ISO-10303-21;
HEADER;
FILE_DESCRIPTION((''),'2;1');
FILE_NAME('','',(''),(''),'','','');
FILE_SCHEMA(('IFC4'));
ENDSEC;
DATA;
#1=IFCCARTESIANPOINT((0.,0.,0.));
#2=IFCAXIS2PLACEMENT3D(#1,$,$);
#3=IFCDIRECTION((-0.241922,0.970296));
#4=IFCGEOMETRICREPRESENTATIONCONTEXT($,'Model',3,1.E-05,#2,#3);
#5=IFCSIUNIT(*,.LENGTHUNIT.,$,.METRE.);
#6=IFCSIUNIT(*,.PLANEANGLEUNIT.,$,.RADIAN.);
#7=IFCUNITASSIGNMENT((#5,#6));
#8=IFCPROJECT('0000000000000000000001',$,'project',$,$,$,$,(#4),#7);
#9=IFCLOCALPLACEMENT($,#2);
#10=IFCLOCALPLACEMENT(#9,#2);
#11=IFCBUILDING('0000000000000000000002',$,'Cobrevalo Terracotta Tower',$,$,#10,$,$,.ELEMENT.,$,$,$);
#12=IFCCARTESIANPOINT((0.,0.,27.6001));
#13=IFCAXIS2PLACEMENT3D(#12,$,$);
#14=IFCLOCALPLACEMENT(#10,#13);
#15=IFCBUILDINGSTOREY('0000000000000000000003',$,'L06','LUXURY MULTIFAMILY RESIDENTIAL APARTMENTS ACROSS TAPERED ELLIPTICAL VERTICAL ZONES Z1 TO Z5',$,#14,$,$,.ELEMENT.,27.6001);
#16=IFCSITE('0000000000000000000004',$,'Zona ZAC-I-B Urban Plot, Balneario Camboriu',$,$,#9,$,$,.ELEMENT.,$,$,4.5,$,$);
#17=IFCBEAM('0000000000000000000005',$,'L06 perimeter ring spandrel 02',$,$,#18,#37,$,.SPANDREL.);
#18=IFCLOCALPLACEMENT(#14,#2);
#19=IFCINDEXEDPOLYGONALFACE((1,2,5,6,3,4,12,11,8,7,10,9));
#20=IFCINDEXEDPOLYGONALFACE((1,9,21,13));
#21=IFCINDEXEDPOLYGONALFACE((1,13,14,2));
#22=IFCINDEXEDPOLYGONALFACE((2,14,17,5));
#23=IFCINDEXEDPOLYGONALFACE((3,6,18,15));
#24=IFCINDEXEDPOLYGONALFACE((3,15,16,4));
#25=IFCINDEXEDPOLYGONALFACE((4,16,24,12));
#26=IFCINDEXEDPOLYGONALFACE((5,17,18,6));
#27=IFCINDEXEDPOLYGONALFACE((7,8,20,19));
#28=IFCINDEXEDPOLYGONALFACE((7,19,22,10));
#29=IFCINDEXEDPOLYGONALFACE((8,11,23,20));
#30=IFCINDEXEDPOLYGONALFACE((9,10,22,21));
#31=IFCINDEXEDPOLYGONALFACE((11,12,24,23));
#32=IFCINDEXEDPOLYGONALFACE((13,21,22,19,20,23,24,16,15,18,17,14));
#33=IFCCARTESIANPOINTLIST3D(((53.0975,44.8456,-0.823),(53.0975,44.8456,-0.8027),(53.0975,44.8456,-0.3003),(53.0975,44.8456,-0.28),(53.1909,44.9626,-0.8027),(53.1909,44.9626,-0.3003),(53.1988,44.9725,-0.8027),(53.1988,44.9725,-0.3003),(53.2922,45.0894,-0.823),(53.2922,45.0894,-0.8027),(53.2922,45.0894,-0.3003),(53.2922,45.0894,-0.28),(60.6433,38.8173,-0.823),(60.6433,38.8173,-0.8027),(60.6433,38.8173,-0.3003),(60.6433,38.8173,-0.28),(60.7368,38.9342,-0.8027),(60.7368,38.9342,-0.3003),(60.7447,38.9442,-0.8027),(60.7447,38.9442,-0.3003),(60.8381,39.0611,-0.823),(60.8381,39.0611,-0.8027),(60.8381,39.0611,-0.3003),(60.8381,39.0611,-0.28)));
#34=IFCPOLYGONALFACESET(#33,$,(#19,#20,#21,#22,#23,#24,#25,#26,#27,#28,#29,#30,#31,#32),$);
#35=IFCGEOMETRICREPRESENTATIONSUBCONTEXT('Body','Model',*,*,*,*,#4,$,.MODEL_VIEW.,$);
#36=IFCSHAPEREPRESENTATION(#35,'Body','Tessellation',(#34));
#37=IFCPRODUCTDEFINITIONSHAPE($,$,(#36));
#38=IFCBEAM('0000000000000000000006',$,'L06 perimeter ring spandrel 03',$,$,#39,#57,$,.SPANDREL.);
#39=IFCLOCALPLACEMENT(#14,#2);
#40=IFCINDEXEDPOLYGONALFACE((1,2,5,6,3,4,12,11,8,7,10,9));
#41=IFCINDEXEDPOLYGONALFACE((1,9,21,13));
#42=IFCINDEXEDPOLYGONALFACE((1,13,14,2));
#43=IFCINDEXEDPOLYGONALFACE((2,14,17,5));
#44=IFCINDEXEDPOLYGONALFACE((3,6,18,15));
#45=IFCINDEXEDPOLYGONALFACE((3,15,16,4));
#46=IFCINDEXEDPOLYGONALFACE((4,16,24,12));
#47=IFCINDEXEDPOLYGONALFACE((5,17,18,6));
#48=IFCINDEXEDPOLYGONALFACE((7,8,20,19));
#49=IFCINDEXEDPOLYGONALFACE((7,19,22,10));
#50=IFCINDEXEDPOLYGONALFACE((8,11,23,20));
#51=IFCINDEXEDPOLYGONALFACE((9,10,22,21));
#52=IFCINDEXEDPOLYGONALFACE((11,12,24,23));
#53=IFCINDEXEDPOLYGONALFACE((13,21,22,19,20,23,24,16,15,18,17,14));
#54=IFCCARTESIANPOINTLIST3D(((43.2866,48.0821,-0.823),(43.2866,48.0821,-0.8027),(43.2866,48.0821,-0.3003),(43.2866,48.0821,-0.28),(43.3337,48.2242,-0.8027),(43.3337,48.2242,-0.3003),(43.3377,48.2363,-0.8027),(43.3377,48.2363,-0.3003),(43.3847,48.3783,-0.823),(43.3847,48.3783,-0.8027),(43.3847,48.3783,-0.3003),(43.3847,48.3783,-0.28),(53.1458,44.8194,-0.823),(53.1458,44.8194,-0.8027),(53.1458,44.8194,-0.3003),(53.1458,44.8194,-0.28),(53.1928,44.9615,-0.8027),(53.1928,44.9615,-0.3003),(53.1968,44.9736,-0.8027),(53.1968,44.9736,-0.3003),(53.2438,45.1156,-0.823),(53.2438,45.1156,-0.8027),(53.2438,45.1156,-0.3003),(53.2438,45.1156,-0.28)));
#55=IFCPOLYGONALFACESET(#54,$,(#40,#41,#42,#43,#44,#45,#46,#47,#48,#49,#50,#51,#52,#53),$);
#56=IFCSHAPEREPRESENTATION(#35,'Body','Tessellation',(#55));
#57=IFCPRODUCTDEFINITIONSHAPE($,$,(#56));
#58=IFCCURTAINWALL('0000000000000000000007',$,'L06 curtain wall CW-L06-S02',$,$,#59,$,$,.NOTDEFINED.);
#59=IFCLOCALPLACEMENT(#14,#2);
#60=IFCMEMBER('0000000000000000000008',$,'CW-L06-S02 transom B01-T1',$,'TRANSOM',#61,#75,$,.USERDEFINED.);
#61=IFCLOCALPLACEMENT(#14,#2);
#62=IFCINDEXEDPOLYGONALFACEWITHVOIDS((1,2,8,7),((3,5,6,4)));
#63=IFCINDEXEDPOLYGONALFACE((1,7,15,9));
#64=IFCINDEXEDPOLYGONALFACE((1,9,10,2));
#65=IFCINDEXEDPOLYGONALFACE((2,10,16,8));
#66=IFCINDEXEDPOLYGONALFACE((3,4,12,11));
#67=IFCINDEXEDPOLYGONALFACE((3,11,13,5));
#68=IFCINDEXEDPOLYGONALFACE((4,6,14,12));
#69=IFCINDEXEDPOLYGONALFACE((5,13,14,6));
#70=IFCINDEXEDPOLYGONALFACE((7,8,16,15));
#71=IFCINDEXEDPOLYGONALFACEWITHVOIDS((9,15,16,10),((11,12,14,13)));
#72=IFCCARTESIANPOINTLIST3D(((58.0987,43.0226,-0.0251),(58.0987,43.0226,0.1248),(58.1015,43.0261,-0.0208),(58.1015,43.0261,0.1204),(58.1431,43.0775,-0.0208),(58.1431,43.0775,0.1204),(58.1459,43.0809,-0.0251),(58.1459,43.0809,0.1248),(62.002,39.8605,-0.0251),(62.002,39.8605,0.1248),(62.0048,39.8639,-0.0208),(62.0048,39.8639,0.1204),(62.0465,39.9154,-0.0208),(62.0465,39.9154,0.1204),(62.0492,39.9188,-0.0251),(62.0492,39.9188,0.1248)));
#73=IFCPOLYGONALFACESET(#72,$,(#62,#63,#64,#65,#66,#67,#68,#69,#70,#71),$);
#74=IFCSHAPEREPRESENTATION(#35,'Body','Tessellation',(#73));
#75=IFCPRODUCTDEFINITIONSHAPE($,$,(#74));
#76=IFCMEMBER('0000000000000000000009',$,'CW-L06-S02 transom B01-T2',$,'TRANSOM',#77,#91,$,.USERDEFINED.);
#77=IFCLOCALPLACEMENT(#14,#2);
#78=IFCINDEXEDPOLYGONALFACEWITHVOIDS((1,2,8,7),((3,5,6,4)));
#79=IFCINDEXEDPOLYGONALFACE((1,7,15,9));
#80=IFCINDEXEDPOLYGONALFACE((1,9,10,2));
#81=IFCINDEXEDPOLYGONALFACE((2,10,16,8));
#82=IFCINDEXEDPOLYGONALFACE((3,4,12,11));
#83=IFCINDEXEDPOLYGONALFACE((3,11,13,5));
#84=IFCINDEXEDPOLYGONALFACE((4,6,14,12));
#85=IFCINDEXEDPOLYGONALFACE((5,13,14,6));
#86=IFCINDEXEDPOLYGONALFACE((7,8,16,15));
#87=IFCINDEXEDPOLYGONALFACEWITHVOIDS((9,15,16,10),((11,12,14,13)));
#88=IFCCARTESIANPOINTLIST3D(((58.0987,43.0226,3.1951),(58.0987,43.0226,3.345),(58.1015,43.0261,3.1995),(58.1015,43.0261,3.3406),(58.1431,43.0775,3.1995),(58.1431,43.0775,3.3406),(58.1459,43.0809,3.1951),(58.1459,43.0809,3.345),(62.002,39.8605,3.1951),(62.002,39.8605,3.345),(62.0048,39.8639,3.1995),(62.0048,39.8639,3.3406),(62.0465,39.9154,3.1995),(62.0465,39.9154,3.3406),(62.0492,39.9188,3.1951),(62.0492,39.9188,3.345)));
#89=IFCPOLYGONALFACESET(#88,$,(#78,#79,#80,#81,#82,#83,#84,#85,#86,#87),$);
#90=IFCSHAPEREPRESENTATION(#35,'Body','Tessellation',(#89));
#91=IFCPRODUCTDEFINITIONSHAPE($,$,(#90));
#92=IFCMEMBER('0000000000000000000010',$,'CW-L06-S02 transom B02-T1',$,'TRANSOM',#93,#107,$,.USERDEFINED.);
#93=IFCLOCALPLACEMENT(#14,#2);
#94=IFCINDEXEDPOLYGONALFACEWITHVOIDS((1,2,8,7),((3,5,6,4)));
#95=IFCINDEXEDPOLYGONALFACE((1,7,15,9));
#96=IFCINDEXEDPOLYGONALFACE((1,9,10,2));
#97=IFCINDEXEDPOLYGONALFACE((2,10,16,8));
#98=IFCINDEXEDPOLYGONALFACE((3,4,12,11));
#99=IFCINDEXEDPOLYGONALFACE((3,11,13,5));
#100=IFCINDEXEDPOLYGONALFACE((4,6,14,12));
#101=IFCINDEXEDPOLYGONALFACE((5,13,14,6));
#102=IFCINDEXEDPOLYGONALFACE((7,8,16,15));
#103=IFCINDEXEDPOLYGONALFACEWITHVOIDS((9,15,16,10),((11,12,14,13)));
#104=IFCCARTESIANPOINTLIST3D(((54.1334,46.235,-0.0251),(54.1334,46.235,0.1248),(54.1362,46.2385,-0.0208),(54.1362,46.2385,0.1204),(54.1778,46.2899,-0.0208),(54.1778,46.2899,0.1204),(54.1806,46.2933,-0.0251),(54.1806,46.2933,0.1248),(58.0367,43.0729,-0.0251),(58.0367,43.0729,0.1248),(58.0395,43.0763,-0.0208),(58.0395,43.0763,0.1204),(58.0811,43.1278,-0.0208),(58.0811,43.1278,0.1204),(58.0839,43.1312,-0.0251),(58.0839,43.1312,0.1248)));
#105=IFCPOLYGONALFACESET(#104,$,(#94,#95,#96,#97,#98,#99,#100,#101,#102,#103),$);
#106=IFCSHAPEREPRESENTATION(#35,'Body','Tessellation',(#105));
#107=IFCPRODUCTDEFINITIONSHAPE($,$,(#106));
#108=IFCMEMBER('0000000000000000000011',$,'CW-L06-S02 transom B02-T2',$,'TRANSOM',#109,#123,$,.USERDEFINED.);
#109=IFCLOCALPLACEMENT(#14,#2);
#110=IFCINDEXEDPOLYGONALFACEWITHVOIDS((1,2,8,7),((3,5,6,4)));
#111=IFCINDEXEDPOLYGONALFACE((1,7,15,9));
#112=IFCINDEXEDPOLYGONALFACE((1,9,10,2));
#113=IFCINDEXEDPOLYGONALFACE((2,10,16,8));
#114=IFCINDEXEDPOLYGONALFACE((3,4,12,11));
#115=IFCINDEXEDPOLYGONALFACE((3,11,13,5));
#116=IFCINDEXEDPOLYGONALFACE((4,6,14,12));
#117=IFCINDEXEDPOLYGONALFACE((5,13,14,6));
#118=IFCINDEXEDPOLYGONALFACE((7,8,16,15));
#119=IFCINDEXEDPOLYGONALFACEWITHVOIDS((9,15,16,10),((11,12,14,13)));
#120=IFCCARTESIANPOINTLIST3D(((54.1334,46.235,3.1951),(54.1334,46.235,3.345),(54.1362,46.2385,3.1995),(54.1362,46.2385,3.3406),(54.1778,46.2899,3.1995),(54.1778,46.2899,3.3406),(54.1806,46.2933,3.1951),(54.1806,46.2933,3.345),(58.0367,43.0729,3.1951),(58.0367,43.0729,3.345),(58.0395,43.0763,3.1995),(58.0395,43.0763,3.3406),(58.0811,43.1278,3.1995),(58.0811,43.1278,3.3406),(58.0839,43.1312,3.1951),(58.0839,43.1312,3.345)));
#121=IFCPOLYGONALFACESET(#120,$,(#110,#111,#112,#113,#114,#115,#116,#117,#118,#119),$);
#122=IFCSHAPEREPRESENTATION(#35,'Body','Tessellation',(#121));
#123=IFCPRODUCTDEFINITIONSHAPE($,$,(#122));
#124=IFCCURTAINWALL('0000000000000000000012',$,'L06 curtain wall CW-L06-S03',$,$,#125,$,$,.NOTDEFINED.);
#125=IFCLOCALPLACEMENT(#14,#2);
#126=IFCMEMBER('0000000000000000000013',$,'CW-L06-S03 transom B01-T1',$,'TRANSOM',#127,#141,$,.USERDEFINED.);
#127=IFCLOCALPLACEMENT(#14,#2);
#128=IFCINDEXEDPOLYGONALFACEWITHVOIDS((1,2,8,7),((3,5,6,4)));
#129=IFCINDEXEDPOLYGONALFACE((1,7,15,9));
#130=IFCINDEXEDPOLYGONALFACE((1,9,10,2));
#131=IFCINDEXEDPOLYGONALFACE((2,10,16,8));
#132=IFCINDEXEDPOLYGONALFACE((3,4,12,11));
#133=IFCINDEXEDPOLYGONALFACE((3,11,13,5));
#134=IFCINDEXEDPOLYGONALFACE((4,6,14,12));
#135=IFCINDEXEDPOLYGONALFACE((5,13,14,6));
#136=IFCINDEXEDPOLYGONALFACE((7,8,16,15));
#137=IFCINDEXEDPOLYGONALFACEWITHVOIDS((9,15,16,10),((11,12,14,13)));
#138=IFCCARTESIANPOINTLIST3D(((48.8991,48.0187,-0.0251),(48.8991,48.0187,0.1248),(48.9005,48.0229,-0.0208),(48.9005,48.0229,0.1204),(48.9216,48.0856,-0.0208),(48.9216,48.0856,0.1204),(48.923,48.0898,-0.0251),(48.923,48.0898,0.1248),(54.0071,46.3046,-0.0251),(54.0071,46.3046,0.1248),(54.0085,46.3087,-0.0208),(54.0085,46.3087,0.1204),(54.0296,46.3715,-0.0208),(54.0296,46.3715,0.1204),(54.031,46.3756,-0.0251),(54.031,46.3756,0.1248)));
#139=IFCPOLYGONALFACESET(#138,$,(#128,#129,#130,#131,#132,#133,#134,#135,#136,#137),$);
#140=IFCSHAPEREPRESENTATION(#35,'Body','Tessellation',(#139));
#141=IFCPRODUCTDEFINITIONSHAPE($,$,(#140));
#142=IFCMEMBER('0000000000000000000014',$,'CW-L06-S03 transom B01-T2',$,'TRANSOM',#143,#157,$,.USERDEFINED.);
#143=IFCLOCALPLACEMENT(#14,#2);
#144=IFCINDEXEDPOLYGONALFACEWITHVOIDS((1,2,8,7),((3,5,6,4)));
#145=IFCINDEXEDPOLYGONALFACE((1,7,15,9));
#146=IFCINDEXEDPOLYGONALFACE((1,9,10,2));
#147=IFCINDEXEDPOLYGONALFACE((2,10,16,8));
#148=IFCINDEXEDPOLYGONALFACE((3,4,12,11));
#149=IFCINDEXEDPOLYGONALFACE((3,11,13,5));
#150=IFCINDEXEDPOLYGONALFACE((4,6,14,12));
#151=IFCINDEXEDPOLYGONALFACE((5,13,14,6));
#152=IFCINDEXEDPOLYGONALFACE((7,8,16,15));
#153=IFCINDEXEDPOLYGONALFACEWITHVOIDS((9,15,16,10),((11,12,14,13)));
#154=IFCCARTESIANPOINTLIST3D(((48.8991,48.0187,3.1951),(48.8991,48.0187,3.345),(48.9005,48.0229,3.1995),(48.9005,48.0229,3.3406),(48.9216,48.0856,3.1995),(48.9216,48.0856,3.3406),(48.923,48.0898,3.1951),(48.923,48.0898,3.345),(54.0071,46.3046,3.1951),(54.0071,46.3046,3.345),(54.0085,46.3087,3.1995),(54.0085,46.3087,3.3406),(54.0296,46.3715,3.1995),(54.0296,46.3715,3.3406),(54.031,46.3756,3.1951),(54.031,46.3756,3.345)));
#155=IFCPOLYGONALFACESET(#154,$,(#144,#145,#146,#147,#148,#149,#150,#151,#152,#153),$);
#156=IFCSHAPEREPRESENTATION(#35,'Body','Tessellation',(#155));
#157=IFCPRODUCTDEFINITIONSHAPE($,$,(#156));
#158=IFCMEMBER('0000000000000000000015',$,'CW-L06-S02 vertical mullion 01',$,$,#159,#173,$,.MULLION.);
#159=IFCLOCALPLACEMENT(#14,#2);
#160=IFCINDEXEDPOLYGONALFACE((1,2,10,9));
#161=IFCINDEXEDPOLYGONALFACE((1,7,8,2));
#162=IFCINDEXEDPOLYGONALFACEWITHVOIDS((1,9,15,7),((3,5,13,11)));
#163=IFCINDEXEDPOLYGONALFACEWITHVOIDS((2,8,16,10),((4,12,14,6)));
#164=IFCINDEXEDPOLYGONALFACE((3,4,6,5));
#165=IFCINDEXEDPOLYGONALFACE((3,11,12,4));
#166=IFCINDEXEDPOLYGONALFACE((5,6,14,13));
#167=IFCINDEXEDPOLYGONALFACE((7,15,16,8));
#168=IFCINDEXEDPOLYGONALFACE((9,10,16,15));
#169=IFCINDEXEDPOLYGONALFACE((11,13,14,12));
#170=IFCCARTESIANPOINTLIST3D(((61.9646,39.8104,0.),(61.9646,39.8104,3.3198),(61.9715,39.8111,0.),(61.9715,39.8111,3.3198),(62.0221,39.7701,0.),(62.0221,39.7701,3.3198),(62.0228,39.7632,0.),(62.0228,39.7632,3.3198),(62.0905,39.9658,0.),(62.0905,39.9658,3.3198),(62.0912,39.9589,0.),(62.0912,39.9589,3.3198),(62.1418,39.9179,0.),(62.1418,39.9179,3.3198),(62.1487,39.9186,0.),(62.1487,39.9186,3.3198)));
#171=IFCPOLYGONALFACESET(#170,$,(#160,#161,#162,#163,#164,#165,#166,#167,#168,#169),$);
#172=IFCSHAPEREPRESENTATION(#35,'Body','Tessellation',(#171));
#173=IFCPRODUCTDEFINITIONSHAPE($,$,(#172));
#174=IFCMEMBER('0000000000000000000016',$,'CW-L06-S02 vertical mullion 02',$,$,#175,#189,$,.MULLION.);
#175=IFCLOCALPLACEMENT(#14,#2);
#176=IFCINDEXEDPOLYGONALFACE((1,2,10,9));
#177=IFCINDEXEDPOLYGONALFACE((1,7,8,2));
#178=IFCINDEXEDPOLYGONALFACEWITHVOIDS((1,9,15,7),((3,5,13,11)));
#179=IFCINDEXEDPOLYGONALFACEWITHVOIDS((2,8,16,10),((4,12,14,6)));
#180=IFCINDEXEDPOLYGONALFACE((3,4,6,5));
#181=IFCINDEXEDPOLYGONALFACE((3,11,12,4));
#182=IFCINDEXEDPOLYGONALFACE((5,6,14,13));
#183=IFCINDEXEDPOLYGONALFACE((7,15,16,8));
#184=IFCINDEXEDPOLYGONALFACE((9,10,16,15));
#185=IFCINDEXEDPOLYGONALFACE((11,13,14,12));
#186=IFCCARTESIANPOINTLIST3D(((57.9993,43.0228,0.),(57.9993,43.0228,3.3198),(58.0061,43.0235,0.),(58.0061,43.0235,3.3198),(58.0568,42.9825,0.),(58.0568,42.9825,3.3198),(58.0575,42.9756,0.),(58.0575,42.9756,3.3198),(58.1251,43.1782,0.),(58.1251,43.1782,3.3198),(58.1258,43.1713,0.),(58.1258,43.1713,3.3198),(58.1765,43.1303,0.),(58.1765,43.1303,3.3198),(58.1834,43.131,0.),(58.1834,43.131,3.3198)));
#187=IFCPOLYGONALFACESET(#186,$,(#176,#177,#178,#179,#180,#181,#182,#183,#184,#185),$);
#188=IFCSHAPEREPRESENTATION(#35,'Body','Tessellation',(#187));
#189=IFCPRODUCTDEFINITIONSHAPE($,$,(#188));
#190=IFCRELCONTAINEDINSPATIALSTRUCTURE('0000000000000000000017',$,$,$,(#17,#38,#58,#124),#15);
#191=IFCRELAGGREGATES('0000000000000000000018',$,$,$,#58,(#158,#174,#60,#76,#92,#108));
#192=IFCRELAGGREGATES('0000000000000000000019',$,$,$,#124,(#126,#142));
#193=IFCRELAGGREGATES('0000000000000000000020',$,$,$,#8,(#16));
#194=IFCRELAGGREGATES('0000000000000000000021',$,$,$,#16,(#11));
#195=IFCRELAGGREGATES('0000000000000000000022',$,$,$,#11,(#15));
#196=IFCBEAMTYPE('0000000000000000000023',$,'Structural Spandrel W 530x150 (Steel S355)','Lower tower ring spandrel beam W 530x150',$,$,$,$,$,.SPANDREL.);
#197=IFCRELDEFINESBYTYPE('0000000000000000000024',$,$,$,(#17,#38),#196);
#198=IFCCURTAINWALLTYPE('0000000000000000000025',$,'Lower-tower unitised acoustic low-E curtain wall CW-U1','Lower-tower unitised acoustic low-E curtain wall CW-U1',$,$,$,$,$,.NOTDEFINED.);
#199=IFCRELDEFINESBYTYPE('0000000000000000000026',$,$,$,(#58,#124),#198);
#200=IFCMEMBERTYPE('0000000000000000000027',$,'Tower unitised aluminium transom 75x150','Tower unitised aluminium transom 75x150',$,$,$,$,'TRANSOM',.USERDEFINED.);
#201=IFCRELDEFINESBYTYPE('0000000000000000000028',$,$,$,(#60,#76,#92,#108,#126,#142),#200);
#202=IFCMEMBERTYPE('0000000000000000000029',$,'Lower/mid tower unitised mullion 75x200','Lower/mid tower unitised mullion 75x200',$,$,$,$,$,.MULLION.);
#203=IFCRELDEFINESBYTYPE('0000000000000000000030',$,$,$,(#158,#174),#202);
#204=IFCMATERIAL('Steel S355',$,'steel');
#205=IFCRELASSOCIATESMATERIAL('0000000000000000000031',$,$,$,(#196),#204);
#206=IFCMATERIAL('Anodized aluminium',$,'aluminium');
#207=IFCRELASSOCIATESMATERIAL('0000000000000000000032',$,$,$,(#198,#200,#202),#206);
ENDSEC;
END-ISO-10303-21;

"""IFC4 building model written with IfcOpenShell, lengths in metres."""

from ifc_helpers import new_model, si_unit, direction, frame, origin, origin_2d, place, context, subcontext, project, spatial, hollow_rectangle, i_section, extrude, source, transform, mapped, material, material_profile, profile_set, type_object, element, aggregate, save


model = new_model("IFC4")

# Units and contexts
model_context = context("Model", 3, precision=1e-05, world=origin(), true_north=direction((-0.241922, 0.970296)))
body_context = subcontext(model_context, "Body", "Model", "MODEL_VIEW")
ifc_project = project(units=[si_unit("LENGTHUNIT", "METRE"), si_unit("PLANEANGLEUNIT", "RADIAN")], contexts=[model_context])

# Site, building, storey
site_placement = place(None, origin())
site = spatial("IfcSite", under=ifc_project, at=site_placement, Name="Zona ZAC-I-B Urban Plot, Balneario Camboriu", CompositionType="ELEMENT", RefElevation=4.5)
building_placement = place(site_placement, origin())
building = spatial("IfcBuilding", under=site, at=building_placement, Name="Cobrevalo Terracotta Tower", CompositionType="ELEMENT")
storey_placement = place(building_placement, frame((0.0, 0.0, 27.6001)))
storey = spatial("IfcBuildingStorey", under=building, at=storey_placement, Name="L06", Description="LUXURY MULTIFAMILY RESIDENTIAL APARTMENTS ACROSS TAPERED ELLIPTICAL VERTICAL ZONES Z1 TO Z5", CompositionType="ELEMENT", Elevation=27.6001)

# Shared definitions
ifc_material_1 = material(Name="Steel S355", Category="steel")

# Beams
ifc_material_profile_1 = material_profile(ifc_material_1, i_section(OverallWidth=0.312, OverallDepth=0.543, WebThickness=0.0127, FlangeThickness=0.0203, at=origin_2d()), Name="W 530x150")
ifc_profile_set_1 = profile_set([ifc_material_profile_1], Name="Steel S355")
beam_type_1 = type_object("IfcBeamType", Name="Structural Spandrel W 530x150 (Steel S355)", Description="Lower tower ring spandrel beam W 530x150", PredefinedType="SPANDREL", material=ifc_profile_set_1)
beam_1_placement = place(storey_placement, frame((60.7407, 38.9392, -0.5515), z_axis=(-0.781293, 0.624165, 0.0), x_axis=(-0.624165, -0.781293, 0.0)))
element("IfcBeam", 1, at=beam_1_placement, inside=storey, type_object=beam_type_1, Name="L06 perimeter ring spandrel 02", PredefinedType="SPANDREL", context=body_context, shape_type="SweptSolid", body=[
    extrude(i_section(OverallWidth=0.312, OverallDepth=0.543, WebThickness=0.0127, FlangeThickness=0.0203, at=origin_2d()), origin(), (0.0, 0.0, 1.0), 9.6582),
])
beam_2_placement = place(storey_placement, frame((53.1948, 44.9675, -0.5515), z_axis=(-0.949365, 0.314175, 0.0), x_axis=(-0.314175, -0.949365, 0.0)))
element("IfcBeam", 2, at=beam_2_placement, inside=storey, type_object=beam_type_1, Name="L06 perimeter ring spandrel 03", PredefinedType="SPANDREL", context=body_context, shape_type="SweptSolid", body=[
    extrude(i_section(OverallWidth=0.312, OverallDepth=0.543, WebThickness=0.0127, FlangeThickness=0.0203, at=origin_2d()), origin(), (0.0, 0.0, 1.0), 10.385),
])

# Curtain walls, members
ifc_material_2 = material(Name="Anodized aluminium", Category="aluminium")
curtain_wall_type = type_object("IfcCurtainWallType", Name="Lower-tower unitised acoustic low-E curtain wall CW-U1", Description="Lower-tower unitised acoustic low-E curtain wall CW-U1", PredefinedType="NOTDEFINED", material=ifc_material_2)
curtain_wall_1_placement = place(storey_placement, origin())
curtain_wall_1 = element("IfcCurtainWall", 3, at=curtain_wall_1_placement, inside=storey, type_object=curtain_wall_type, Name="L06 curtain wall CW-L06-S02", PredefinedType="NOTDEFINED")
ifc_material_profile_2 = material_profile(ifc_material_2, hollow_rectangle(XDim=0.075, YDim=0.1499, WallThickness=0.0044, at=origin_2d()), Name="CWT 75x150")
ifc_profile_set_2 = profile_set([ifc_material_profile_2], Name="Anodized aluminium")
member_type_1 = type_object("IfcMemberType", Name="Tower unitised aluminium transom 75x150", Description="Tower unitised aluminium transom 75x150", ElementType="TRANSOM", PredefinedType="USERDEFINED", material=ifc_profile_set_2)
shared_shape_1 = source(origin(), body_context, "Body", "SweptSolid", [
    extrude(hollow_rectangle(XDim=0.075, YDim=0.1499, WallThickness=0.0044, at=origin_2d()), origin(), (0.0, 0.0, 1.0), 5.0234),
])
member_1_placement = place(storey_placement, frame((62.0256, 39.8896, 0.0498), z_axis=(-0.777023, 0.629472, 0.0), x_axis=(-0.629472, -0.777023, 0.0)))
member_1 = element("IfcMember", 4, at=member_1_placement, type_object=member_type_1, Name="CW-L06-S02 transom B01-T1", ObjectType="TRANSOM", PredefinedType="USERDEFINED", context=body_context, shape_type="MappedRepresentation", body=[
    mapped(shared_shape_1, transform((0.0, 0.0, 0.0), scale=1.0)),
])
member_2_placement = place(storey_placement, frame((62.0256, 39.8896, 3.27), z_axis=(-0.777023, 0.629472, 0.0), x_axis=(-0.629472, -0.777023, 0.0)))
member_2 = element("IfcMember", 5, at=member_2_placement, type_object=member_type_1, Name="CW-L06-S02 transom B01-T2", ObjectType="TRANSOM", PredefinedType="USERDEFINED", context=body_context, shape_type="MappedRepresentation", body=[
    mapped(shared_shape_1, transform((0.0, 0.0, 0.0), scale=1.0)),
])
member_3_placement = place(storey_placement, frame((58.0603, 43.1021, 0.0498), z_axis=(-0.777023, 0.629472, 0.0), x_axis=(-0.629472, -0.777023, 0.0)))
member_3 = element("IfcMember", 6, at=member_3_placement, type_object=member_type_1, Name="CW-L06-S02 transom B02-T1", ObjectType="TRANSOM", PredefinedType="USERDEFINED", context=body_context, shape_type="MappedRepresentation", body=[
    mapped(shared_shape_1, transform((0.0, 0.0, 0.0), scale=1.0)),
])
member_4_placement = place(storey_placement, frame((58.0603, 43.1021, 3.27), z_axis=(-0.777023, 0.629472, 0.0), x_axis=(-0.629472, -0.777023, 0.0)))
member_4 = element("IfcMember", 7, at=member_4_placement, type_object=member_type_1, Name="CW-L06-S02 transom B02-T2", ObjectType="TRANSOM", PredefinedType="USERDEFINED", context=body_context, shape_type="MappedRepresentation", body=[
    mapped(shared_shape_1, transform((0.0, 0.0, 0.0), scale=1.0)),
])
curtain_wall_2_placement = place(storey_placement, origin())
curtain_wall_2 = element("IfcCurtainWall", 8, at=curtain_wall_2_placement, inside=storey, type_object=curtain_wall_type, Name="L06 curtain wall CW-L06-S03", PredefinedType="NOTDEFINED")
shared_shape_2 = source(origin(), body_context, "Body", "SweptSolid", [
    extrude(hollow_rectangle(XDim=0.075, YDim=0.1499, WallThickness=0.0044, at=origin_2d()), origin(), (0.0, 0.0, 1.0), 5.3879),
])
member_5_placement = place(storey_placement, frame((54.019, 46.3401, 0.0498), z_axis=(-0.948042, 0.318144, 0.0), x_axis=(-0.318144, -0.948042, 0.0)))
member_5 = element("IfcMember", 9, at=member_5_placement, type_object=member_type_1, Name="CW-L06-S03 transom B01-T1", ObjectType="TRANSOM", PredefinedType="USERDEFINED", context=body_context, shape_type="MappedRepresentation", body=[
    mapped(shared_shape_2, transform((0.0, 0.0, 0.0), scale=1.0)),
])
member_6_placement = place(storey_placement, frame((54.019, 46.3401, 3.27), z_axis=(-0.948042, 0.318144, 0.0), x_axis=(-0.318144, -0.948042, 0.0)))
member_6 = element("IfcMember", 10, at=member_6_placement, type_object=member_type_1, Name="CW-L06-S03 transom B01-T2", ObjectType="TRANSOM", PredefinedType="USERDEFINED", context=body_context, shape_type="MappedRepresentation", body=[
    mapped(shared_shape_2, transform((0.0, 0.0, 0.0), scale=1.0)),
])

# Members
ifc_material_profile_3 = material_profile(ifc_material_2, hollow_rectangle(XDim=0.075, YDim=0.2, WallThickness=0.0049, at=origin_2d()), Name="CWM 75x200")
ifc_profile_set_3 = profile_set([ifc_material_profile_3], Name="Anodized aluminium")
member_type_2 = type_object("IfcMemberType", Name="Lower/mid tower unitised mullion 75x200", Description="Lower/mid tower unitised mullion 75x200", PredefinedType="MULLION", material=ifc_profile_set_3)
shared_shape_3 = source(origin(), body_context, "Body", "SweptSolid", [
    extrude(hollow_rectangle(XDim=0.075, YDim=0.2, WallThickness=0.0049, at=origin_2d()), origin(), (0.0, 0.0, 1.0), 3.3198),
])
member_7_placement = place(storey_placement, frame((62.0566, 39.8645, 0.0), z_axis=(0.0, 0.0, 1.0), x_axis=(-0.777003, 0.629497, 0.0)))
member_7 = element("IfcMember", 11, at=member_7_placement, type_object=member_type_2, Name="CW-L06-S02 vertical mullion 01", PredefinedType="MULLION", context=body_context, shape_type="MappedRepresentation", body=[
    mapped(shared_shape_3, transform((0.0, 0.0, 0.0), scale=1.0)),
])
member_8_placement = place(storey_placement, frame((58.0913, 43.0769, 0.0), z_axis=(0.0, 0.0, 1.0), x_axis=(-0.777003, 0.629497, 0.0)))
member_8 = element("IfcMember", 12, at=member_8_placement, type_object=member_type_2, Name="CW-L06-S02 vertical mullion 02", PredefinedType="MULLION", context=body_context, shape_type="MappedRepresentation", body=[
    mapped(shared_shape_3, transform((0.0, 0.0, 0.0), scale=1.0)),
])

aggregate(curtain_wall_1, [member_7, member_8, member_1, member_2, member_3, member_4])
aggregate(curtain_wall_2, [member_5, member_6])

save(model, "model.ifc")
